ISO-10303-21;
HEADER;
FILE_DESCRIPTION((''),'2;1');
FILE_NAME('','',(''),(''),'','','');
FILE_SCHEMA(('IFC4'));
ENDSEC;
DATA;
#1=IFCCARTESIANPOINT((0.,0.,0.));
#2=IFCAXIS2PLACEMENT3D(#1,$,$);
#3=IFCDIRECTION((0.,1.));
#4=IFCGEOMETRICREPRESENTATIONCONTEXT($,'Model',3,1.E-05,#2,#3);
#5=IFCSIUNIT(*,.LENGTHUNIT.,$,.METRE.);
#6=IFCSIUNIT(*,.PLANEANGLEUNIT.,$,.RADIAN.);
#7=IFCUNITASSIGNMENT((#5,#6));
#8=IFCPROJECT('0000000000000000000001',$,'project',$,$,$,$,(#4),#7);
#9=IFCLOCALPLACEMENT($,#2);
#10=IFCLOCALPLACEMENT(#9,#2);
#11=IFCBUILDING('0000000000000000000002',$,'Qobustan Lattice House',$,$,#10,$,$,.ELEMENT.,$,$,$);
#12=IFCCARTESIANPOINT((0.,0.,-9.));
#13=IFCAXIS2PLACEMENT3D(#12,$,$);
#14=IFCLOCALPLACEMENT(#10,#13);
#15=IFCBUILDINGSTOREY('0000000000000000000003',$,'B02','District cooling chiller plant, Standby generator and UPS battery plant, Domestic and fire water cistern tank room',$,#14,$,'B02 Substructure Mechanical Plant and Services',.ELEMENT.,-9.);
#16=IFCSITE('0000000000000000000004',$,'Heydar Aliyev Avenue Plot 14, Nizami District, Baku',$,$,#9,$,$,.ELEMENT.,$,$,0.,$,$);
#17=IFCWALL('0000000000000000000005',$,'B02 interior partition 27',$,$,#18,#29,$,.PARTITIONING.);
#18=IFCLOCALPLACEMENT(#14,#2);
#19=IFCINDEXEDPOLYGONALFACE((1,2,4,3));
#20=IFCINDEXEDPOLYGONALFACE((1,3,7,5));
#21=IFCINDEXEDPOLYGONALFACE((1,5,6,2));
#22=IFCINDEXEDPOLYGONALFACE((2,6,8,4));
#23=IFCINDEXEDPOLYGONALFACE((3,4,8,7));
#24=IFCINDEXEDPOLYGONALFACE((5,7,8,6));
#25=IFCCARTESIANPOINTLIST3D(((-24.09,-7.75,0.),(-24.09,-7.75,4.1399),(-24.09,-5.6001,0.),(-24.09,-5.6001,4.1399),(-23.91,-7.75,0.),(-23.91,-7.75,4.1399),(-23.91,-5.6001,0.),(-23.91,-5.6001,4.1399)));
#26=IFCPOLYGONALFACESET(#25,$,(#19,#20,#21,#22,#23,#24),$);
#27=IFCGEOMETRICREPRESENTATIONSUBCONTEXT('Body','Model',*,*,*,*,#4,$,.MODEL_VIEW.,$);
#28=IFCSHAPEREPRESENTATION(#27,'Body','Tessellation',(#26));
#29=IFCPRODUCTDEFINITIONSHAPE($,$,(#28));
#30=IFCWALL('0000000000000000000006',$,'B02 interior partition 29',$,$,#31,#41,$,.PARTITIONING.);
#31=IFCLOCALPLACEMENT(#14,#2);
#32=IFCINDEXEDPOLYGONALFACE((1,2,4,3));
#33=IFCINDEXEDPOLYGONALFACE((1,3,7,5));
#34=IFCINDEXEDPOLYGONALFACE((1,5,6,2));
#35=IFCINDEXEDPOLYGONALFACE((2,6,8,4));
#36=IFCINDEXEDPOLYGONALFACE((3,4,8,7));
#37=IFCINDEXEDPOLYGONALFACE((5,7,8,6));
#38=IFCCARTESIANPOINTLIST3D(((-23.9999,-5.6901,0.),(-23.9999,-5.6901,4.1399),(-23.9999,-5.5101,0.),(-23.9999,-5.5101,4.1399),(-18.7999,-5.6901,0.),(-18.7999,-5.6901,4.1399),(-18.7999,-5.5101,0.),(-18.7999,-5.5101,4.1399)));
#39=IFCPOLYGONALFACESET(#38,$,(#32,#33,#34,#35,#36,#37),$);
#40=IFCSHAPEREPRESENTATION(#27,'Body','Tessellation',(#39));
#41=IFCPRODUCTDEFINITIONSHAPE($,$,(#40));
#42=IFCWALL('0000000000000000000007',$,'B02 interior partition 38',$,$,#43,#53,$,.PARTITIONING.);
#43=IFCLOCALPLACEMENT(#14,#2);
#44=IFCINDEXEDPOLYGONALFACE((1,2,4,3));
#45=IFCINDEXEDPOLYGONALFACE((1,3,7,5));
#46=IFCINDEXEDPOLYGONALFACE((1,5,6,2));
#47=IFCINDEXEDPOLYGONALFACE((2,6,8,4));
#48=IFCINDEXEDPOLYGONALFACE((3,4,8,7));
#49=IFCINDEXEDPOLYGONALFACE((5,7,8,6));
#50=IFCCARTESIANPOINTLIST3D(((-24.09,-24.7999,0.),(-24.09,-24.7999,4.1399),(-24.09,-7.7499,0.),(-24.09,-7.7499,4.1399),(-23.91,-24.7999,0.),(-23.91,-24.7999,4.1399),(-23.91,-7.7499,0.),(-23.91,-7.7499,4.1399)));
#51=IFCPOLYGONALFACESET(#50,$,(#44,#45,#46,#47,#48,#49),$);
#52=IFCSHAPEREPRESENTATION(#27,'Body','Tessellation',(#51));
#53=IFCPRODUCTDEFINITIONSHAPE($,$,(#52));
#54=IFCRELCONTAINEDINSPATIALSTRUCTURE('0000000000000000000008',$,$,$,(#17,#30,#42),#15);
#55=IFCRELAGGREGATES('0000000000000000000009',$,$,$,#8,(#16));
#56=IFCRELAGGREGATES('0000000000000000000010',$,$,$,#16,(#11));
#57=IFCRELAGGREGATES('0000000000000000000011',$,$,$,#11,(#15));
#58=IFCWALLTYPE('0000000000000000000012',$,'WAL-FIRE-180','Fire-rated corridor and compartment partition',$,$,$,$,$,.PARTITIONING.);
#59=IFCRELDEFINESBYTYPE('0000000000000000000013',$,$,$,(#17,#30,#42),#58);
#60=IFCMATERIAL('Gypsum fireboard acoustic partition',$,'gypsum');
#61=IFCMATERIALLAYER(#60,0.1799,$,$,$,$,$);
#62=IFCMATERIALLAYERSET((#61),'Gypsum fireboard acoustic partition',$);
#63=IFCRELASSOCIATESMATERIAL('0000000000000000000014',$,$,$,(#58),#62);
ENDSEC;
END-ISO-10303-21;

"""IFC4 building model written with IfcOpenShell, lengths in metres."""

from ifc_helpers import new_model, si_unit, direction, frame, frame_2d, origin, place, context, subcontext, project, spatial, rectangle, extrude, material, layer, layer_set, type_object, element, save


model = new_model("IFC4")

# Units and contexts
model_context = context("Model", 3, precision=1e-05, world=origin(), true_north=direction((0.0, 1.0)))
body_context = subcontext(model_context, "Body", "Model", "MODEL_VIEW")
ifc_project = project(units=[si_unit("LENGTHUNIT", "METRE"), si_unit("PLANEANGLEUNIT", "RADIAN")], contexts=[model_context])

# Site, building, storey
site_placement = place(None, origin())
site = spatial("IfcSite", under=ifc_project, at=site_placement, Name="Heydar Aliyev Avenue Plot 14, Nizami District, Baku", CompositionType="ELEMENT", RefElevation=0.0)
building_placement = place(site_placement, origin())
building = spatial("IfcBuilding", under=site, at=building_placement, Name="Qobustan Lattice House", CompositionType="ELEMENT")
storey_placement = place(building_placement, frame((0.0, 0.0, -9.0)))
storey = spatial("IfcBuildingStorey", under=building, at=storey_placement, Name="B02", Description="District cooling chiller plant, Standby generator and UPS battery plant, Domestic and fire water cistern tank room", LongName="B02 Substructure Mechanical Plant and Services", CompositionType="ELEMENT", Elevation=-9.0)

# Walls
ifc_material_1 = material(Name="Gypsum fireboard acoustic partition", Category="gypsum")
ifc_layer = layer(ifc_material_1, 0.1799)
ifc_layer_set = layer_set([ifc_layer], Name="Gypsum fireboard acoustic partition")
wall_type = type_object("IfcWallType", Name="WAL-FIRE-180", Description="Fire-rated corridor and compartment partition", PredefinedType="PARTITIONING", material=ifc_layer_set)
wall_1_placement = place(storey_placement, frame((-24.0, -7.75, 0.0), z_axis=(0.0, 0.0, 1.0), x_axis=(0.0, 1.0, 0.0)))
element("IfcWall", 1, at=wall_1_placement, inside=storey, type_object=wall_type, Name="B02 interior partition 27", PredefinedType="PARTITIONING", context=body_context, shape_type="SweptSolid", body=[
    extrude(rectangle(XDim=2.1499, YDim=0.1799, at=frame_2d((1.075, 0.0))), origin(), (0.0, 0.0, 1.0), 4.1399),
])
wall_2_placement = place(storey_placement, frame((-24.0, -5.6001, 0.0), z_axis=(0.0, 0.0, 1.0), x_axis=(1.0, 0.0, 0.0)))
element("IfcWall", 2, at=wall_2_placement, inside=storey, type_object=wall_type, Name="B02 interior partition 29", PredefinedType="PARTITIONING", context=body_context, shape_type="SweptSolid", body=[
    extrude(rectangle(XDim=5.2, YDim=0.1799, at=frame_2d((2.6001, 0.0))), origin(), (0.0, 0.0, 1.0), 4.1399),
])
wall_3_placement = place(storey_placement, frame((-24.0, -7.75, 0.0), z_axis=(0.0, 0.0, 1.0), x_axis=(0.0, -1.0, 0.0)))
element("IfcWall", 3, at=wall_3_placement, inside=storey, type_object=wall_type, Name="B02 interior partition 38", PredefinedType="PARTITIONING", context=body_context, shape_type="SweptSolid", body=[
    extrude(rectangle(XDim=17.05, YDim=0.1799, at=frame_2d((8.5249, 0.0))), origin(), (0.0, 0.0, 1.0), 4.1399),
])

save(model, "model.ifc")
